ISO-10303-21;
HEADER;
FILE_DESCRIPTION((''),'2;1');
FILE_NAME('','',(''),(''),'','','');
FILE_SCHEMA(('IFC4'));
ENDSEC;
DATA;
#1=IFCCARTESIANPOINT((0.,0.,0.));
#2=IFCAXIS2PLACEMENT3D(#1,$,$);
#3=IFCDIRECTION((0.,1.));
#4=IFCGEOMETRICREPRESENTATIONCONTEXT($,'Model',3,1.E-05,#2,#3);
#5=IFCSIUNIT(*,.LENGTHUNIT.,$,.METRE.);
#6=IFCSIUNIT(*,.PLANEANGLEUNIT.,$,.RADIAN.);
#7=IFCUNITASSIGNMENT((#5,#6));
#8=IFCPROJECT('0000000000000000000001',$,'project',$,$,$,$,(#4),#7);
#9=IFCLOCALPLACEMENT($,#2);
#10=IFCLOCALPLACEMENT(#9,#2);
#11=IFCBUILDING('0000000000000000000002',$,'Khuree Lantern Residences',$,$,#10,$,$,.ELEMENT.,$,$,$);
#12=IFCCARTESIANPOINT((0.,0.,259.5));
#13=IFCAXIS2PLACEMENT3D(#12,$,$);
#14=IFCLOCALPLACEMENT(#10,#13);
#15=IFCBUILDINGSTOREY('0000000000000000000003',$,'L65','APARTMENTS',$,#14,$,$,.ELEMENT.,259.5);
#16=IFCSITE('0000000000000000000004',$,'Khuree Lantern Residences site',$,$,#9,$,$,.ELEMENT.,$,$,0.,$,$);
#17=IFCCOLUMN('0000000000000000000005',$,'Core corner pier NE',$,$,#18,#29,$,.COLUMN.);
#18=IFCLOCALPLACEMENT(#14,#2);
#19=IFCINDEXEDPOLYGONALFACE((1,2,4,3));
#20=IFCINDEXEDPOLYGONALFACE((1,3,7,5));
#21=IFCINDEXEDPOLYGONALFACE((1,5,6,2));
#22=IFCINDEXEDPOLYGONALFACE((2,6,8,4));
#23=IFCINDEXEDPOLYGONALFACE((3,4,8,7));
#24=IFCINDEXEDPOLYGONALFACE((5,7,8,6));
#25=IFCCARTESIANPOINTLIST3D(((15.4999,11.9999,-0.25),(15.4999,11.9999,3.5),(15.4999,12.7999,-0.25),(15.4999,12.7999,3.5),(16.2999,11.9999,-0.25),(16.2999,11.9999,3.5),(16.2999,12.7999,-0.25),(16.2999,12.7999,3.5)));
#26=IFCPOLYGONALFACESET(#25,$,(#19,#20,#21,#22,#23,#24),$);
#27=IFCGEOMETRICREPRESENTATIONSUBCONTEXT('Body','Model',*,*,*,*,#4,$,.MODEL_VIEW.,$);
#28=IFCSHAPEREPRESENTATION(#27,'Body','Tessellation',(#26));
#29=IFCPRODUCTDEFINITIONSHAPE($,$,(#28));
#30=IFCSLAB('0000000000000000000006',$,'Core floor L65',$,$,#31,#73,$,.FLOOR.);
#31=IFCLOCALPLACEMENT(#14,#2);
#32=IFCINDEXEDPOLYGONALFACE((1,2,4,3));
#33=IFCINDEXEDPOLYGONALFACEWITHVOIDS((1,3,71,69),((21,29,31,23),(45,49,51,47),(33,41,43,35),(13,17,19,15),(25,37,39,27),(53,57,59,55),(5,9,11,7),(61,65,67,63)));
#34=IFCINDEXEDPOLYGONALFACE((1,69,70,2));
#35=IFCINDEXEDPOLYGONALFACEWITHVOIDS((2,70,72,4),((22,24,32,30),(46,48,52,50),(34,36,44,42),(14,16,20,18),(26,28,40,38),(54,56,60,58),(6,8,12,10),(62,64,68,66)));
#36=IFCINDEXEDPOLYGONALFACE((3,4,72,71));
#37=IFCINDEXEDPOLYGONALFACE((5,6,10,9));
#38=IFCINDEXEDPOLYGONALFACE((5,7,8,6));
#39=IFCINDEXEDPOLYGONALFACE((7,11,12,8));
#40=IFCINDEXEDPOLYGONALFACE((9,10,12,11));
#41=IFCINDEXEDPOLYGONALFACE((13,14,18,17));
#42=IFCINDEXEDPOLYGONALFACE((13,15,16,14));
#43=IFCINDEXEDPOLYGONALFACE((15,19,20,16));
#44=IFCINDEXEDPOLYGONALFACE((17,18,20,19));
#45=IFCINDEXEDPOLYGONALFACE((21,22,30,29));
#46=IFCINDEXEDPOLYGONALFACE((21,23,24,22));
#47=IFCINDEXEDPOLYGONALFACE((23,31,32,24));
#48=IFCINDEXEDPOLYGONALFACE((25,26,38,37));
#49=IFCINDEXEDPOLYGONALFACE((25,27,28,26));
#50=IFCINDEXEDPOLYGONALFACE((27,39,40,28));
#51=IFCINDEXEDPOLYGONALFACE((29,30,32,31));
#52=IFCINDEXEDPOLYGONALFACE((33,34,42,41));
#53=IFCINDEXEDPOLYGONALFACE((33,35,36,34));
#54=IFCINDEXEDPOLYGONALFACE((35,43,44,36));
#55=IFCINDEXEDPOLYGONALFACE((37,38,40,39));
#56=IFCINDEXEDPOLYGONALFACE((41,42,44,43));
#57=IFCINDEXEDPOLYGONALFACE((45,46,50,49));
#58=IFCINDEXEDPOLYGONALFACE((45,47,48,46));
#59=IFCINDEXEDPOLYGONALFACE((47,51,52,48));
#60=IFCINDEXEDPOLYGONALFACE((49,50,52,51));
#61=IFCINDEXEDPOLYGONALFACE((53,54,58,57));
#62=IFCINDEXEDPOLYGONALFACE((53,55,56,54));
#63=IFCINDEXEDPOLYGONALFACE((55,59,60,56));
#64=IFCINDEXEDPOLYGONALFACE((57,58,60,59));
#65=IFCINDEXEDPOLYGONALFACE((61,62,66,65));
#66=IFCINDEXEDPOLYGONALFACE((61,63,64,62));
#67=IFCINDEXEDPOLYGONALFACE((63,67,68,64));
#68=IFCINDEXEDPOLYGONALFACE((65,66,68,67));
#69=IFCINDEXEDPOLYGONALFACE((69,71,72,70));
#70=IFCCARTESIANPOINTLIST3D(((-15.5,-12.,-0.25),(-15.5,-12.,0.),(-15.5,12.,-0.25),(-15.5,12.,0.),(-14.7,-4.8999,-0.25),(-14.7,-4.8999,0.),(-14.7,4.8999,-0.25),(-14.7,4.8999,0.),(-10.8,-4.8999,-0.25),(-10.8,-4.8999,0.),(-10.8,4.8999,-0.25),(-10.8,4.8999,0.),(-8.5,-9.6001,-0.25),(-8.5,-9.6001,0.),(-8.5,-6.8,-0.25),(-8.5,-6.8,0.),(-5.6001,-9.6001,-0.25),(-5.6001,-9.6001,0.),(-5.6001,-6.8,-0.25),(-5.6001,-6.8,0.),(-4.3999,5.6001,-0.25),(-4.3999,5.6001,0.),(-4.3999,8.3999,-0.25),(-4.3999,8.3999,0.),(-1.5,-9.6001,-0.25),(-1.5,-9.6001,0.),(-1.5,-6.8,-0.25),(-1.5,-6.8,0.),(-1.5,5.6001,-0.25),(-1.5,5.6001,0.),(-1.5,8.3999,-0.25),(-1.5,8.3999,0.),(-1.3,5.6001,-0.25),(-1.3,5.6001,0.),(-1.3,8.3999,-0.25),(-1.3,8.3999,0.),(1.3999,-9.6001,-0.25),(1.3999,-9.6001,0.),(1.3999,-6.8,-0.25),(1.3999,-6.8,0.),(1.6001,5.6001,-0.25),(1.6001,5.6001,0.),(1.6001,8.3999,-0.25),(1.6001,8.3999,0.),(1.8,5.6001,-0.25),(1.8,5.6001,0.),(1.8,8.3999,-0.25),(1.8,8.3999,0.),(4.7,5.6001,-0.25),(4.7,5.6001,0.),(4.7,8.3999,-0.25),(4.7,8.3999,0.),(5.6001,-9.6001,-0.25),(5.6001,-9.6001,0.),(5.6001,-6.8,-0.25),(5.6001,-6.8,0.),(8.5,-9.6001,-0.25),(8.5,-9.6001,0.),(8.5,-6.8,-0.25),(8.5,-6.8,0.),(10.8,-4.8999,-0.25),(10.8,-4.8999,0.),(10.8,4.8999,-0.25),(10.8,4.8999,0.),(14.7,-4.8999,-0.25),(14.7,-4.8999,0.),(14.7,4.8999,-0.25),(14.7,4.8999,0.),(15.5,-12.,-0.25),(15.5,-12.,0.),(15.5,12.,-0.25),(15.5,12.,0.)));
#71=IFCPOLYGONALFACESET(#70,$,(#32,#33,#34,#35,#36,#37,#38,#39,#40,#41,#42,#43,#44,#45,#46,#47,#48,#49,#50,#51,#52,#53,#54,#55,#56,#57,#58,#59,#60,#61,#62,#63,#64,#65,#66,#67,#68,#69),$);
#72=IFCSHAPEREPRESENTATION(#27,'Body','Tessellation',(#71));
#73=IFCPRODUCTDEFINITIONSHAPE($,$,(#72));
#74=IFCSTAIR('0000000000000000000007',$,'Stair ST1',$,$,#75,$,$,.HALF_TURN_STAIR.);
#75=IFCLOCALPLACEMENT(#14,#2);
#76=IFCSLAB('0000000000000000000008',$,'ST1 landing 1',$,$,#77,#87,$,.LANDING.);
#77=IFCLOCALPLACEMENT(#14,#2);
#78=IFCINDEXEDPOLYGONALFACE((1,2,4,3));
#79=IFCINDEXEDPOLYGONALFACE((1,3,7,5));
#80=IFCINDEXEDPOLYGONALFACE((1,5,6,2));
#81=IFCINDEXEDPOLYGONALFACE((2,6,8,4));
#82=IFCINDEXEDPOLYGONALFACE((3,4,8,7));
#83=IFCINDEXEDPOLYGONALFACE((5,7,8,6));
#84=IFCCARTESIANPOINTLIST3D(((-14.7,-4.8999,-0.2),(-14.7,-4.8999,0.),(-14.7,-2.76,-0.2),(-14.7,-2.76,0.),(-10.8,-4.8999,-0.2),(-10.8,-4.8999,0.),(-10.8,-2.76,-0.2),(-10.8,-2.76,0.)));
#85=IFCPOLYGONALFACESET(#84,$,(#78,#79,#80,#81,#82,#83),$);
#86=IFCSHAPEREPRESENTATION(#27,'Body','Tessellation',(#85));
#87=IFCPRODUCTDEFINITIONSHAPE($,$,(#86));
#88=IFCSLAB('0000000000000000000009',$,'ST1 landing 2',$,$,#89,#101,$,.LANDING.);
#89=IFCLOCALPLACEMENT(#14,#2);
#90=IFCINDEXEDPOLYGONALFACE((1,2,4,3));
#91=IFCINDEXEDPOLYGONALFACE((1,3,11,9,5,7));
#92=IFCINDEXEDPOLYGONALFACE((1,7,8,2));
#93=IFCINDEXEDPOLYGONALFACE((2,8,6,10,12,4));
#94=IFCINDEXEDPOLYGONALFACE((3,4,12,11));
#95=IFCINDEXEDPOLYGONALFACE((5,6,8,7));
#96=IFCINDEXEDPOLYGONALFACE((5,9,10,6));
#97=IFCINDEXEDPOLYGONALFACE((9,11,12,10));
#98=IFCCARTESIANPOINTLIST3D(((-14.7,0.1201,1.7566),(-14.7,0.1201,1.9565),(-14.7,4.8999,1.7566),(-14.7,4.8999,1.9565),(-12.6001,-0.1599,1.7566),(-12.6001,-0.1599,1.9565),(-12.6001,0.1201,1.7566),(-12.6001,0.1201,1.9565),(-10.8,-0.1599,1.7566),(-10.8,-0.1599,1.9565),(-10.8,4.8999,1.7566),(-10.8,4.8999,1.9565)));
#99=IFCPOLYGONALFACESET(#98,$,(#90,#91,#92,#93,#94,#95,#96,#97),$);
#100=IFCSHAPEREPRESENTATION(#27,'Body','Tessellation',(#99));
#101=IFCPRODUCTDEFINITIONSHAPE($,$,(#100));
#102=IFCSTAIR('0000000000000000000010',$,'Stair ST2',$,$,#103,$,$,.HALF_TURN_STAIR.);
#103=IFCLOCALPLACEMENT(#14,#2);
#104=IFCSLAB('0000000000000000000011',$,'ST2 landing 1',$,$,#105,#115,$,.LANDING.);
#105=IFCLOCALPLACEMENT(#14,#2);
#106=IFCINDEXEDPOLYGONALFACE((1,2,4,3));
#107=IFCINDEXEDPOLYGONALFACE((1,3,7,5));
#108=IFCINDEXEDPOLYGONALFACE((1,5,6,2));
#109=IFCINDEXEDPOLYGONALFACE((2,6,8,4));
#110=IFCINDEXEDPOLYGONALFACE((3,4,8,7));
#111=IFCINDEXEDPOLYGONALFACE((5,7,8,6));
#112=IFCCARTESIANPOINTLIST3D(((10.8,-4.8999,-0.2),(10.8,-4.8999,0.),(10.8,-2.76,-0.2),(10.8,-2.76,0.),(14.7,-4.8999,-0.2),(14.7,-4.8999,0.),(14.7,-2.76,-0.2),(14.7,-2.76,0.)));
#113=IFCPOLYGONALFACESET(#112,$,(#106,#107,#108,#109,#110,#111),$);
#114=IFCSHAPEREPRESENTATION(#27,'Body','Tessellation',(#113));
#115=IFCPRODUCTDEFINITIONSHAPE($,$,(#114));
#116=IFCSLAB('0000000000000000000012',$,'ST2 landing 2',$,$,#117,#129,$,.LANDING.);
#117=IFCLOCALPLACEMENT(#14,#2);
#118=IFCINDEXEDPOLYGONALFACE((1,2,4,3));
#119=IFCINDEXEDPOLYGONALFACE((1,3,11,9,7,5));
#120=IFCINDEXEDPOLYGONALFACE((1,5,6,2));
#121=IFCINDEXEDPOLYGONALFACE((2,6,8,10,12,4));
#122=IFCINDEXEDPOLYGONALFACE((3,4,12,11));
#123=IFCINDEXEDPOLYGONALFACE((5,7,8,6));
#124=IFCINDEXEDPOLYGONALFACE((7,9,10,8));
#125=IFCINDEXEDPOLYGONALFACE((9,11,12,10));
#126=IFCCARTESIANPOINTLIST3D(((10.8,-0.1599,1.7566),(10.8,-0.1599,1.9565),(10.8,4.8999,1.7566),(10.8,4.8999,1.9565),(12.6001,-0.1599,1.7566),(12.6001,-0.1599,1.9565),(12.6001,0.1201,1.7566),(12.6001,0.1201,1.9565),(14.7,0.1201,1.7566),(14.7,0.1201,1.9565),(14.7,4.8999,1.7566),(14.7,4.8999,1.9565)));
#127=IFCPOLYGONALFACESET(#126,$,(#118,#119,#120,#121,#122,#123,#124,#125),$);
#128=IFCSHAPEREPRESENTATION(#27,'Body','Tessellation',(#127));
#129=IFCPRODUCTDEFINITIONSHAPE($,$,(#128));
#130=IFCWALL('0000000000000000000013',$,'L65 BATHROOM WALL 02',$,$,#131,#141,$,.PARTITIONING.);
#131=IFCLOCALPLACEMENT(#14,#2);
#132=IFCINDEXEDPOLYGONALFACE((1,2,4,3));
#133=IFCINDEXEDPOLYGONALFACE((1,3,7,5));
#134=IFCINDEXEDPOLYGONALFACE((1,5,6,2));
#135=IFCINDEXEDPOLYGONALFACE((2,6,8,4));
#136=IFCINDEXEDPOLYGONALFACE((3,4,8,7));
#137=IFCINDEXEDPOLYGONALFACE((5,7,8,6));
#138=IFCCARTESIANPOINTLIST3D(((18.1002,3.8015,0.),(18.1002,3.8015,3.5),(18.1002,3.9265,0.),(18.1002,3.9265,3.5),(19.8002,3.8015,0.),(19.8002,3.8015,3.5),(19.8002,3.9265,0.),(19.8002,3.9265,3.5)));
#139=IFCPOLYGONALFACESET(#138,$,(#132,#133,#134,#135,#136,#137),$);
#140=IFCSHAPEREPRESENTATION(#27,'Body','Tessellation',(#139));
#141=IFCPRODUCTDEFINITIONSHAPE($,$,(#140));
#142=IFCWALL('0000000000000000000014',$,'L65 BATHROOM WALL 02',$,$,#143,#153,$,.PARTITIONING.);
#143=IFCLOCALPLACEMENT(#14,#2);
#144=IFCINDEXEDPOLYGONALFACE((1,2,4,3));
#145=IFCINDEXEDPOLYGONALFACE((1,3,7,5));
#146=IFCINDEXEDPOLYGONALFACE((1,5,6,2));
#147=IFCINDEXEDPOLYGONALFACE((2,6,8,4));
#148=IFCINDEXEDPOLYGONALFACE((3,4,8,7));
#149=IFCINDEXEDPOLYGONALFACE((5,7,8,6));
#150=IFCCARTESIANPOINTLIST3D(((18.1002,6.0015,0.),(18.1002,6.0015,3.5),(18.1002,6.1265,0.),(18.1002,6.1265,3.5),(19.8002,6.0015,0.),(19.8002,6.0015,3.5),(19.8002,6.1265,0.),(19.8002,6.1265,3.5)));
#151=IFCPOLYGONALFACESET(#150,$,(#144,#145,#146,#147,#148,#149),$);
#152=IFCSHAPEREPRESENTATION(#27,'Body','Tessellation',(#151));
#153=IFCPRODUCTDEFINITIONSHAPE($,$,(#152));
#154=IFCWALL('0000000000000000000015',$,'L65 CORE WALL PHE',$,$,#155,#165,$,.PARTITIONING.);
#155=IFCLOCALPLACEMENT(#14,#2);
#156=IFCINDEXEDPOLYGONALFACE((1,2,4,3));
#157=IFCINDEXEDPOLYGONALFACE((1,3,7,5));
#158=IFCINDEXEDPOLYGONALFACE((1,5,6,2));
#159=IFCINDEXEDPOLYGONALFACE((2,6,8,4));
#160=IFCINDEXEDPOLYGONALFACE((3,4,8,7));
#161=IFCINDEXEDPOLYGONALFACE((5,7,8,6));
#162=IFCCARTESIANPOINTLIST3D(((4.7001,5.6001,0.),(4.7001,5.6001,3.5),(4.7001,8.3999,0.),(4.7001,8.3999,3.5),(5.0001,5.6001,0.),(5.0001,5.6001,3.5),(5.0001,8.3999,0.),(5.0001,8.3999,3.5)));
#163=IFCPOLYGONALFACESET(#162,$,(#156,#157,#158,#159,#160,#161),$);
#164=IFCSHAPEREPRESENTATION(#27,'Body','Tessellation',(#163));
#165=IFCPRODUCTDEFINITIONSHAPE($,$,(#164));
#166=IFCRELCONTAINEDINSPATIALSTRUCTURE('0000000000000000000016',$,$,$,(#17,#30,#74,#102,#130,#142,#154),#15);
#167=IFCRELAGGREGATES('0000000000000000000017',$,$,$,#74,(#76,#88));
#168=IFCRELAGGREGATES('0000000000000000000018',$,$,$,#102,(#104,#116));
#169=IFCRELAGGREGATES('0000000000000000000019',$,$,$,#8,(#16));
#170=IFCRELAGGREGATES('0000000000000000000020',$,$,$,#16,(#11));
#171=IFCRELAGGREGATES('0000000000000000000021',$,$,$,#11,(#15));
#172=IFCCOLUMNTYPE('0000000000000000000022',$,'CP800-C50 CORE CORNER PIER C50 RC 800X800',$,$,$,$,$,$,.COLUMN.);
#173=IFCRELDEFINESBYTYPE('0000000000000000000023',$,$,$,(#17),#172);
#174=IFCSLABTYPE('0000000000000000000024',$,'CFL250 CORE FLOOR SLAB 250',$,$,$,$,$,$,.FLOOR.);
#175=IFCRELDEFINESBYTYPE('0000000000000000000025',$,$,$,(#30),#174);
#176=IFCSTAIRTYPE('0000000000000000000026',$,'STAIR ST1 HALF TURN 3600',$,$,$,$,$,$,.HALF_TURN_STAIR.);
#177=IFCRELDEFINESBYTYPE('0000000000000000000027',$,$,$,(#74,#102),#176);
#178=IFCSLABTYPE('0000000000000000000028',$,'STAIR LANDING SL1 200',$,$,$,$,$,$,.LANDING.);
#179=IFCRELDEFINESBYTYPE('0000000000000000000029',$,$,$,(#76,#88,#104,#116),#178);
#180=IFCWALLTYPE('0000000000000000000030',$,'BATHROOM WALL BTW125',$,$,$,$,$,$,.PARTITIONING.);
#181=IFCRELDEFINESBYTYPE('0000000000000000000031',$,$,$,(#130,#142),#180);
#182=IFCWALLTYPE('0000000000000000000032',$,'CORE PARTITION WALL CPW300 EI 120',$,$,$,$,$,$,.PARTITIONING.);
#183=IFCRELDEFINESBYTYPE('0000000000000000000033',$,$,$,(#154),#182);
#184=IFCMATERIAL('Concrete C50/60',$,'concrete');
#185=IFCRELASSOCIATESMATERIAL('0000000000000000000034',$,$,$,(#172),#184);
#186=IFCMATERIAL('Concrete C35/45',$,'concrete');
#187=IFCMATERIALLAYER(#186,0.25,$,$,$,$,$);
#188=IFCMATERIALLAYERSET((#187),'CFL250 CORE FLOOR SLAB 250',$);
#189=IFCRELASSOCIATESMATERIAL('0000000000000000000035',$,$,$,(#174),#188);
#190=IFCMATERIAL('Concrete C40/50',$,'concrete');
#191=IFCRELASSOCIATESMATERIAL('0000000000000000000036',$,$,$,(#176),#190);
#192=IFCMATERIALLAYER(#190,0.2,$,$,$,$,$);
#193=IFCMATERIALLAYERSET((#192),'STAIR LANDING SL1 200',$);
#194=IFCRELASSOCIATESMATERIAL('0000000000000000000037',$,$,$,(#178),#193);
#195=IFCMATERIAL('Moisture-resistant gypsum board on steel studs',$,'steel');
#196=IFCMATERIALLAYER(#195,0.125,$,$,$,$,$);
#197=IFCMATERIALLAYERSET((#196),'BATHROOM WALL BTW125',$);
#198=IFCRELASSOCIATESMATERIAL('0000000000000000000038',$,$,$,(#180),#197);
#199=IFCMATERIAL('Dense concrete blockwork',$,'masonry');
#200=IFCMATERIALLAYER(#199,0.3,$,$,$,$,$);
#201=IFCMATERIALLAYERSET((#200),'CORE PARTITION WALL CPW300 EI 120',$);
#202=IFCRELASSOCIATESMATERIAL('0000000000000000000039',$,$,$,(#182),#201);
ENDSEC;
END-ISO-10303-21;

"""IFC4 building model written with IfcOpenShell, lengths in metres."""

from ifc_helpers import new_model, si_unit, direction, frame, frame_2d, origin, origin_2d, place, context, subcontext, project, spatial, polyline, rectangle, outline, extrude, material, layer, layer_set, material_profile, profile_set, type_object, element, aggregate, save


model = new_model("IFC4")

# Units and contexts
model_context = context("Model", 3, precision=1e-05, world=origin(), true_north=direction((0.0, 1.0)))
body_context = subcontext(model_context, "Body", "Model", "MODEL_VIEW")
ifc_project = project(units=[si_unit("LENGTHUNIT", "METRE"), si_unit("PLANEANGLEUNIT", "RADIAN")], contexts=[model_context])

# Site, building, storey
site_placement = place(None, origin())
site = spatial("IfcSite", under=ifc_project, at=site_placement, Name="Khuree Lantern Residences site", CompositionType="ELEMENT", RefElevation=0.0)
building_placement = place(site_placement, origin())
building = spatial("IfcBuilding", under=site, at=building_placement, Name="Khuree Lantern Residences", CompositionType="ELEMENT")
storey_placement = place(building_placement, frame((0.0, 0.0, 259.5)))
storey = spatial("IfcBuildingStorey", under=building, at=storey_placement, Name="L65", Description="APARTMENTS", CompositionType="ELEMENT", Elevation=259.5)

# Column
ifc_material_1 = material(Name="Concrete C50/60", Category="concrete")
ifc_material_profile = material_profile(ifc_material_1, rectangle(XDim=0.8, YDim=0.8, at=origin_2d()), Name="RC 800X800")
ifc_profile_set = profile_set([ifc_material_profile], Name="Concrete C50/60")
column_type = type_object("IfcColumnType", Name="CP800-C50 CORE CORNER PIER C50 RC 800X800", PredefinedType="COLUMN", material=ifc_profile_set)
column_placement = place(storey_placement, frame((15.8999, 12.3999, -0.25), z_axis=(0.0, 0.0, 1.0), x_axis=(1.0, 0.0, 0.0)))
element("IfcColumn", 1, at=column_placement, inside=storey, type_object=column_type, Name="Core corner pier NE", PredefinedType="COLUMN", context=body_context, shape_type="SweptSolid", body=[
    extrude(rectangle(XDim=0.8, YDim=0.8, at=origin_2d()), origin(), (0.0, 0.0, 1.0), 3.75),
])

# Slab
ifc_material_2 = material(Name="Concrete C35/45", Category="concrete")
ifc_layer_1 = layer(ifc_material_2, 0.25)
ifc_layer_set_1 = layer_set([ifc_layer_1], Name="CFL250 CORE FLOOR SLAB 250")
slab_type_1 = type_object("IfcSlabType", Name="CFL250 CORE FLOOR SLAB 250", PredefinedType="FLOOR", material=ifc_layer_set_1)
slab_1_placement = place(storey_placement, frame((0.0, 0.0, -0.25)))
element("IfcSlab", 2, at=slab_1_placement, inside=storey, type_object=slab_type_1, Name="Core floor L65", PredefinedType="FLOOR", context=body_context, shape_type="SweptSolid", body=[
    extrude(outline(polyline([(-15.5, -12.0), (-15.5, 12.0), (15.5, 12.0), (15.5, -12.0), (-15.5, -12.0)]), holes=[polyline([(10.8, 4.8999), (10.8, -4.8999), (14.7, -4.8999), (14.7, 4.8999), (10.8, 4.8999)]), polyline([(5.6001, -6.8), (5.6001, -9.6001), (8.5, -9.6001), (8.5, -6.8), (5.6001, -6.8)]), polyline([(1.8, 8.3999), (1.8, 5.6001), (4.7, 5.6001), (4.7, 8.3999), (1.8, 8.3999)]), polyline([(-1.3, 8.3999), (-1.3, 5.6001), (1.6001, 5.6001), (1.6001, 8.3999), (-1.3, 8.3999)]), polyline([(-1.5, -6.8), (-1.5, -9.6001), (1.3999, -9.6001), (1.3999, -6.8), (-1.5, -6.8)]), polyline([(-4.3999, 8.3999), (-4.3999, 5.6001), (-1.5, 5.6001), (-1.5, 8.3999), (-4.3999, 8.3999)]), polyline([(-8.5, -6.8), (-8.5, -9.6001), (-5.6001, -9.6001), (-5.6001, -6.8), (-8.5, -6.8)]), polyline([(-14.7, 4.8999), (-14.7, -4.8999), (-10.8, -4.8999), (-10.8, 4.8999), (-14.7, 4.8999)])]), origin(), (0.0, 0.0, 1.0), 0.25),
])

# Stairs, slabs
ifc_material_3 = material(Name="Concrete C40/50", Category="concrete")
stair_type = type_object("IfcStairType", Name="STAIR ST1 HALF TURN 3600", PredefinedType="HALF_TURN_STAIR", material=ifc_material_3)
stair_1_placement = place(storey_placement, origin())
stair_1 = element("IfcStair", 3, at=stair_1_placement, inside=storey, type_object=stair_type, Name="Stair ST1", PredefinedType="HALF_TURN_STAIR")
ifc_layer_2 = layer(ifc_material_3, 0.2)
ifc_layer_set_2 = layer_set([ifc_layer_2], Name="STAIR LANDING SL1 200")
slab_type_2 = type_object("IfcSlabType", Name="STAIR LANDING SL1 200", PredefinedType="LANDING", material=ifc_layer_set_2)
slab_2_placement = place(storey_placement, frame((0.0, 0.0, -0.2)))
slab_2 = element("IfcSlab", 4, at=slab_2_placement, type_object=slab_type_2, Name="ST1 landing 1", PredefinedType="LANDING", context=body_context, shape_type="SweptSolid", body=[
    extrude(outline(polyline([(-14.7, -4.8999), (-10.8, -4.8999), (-10.8, -2.76), (-14.7, -2.76), (-14.7, -4.8999)])), origin(), (0.0, 0.0, 1.0), 0.2),
])
slab_3_placement = place(storey_placement, frame((0.0, 0.0, 1.7566)))
slab_3 = element("IfcSlab", 5, at=slab_3_placement, type_object=slab_type_2, Name="ST1 landing 2", PredefinedType="LANDING", context=body_context, shape_type="SweptSolid", body=[
    extrude(outline(polyline([(-14.7, 0.1201), (-14.7, 4.8999), (-10.8, 4.8999), (-10.8, -0.1599), (-12.6001, -0.1599), (-12.6001, 0.1201), (-14.7, 0.1201)])), origin(), (0.0, 0.0, 1.0), 0.2),
])
aggregate(stair_1, [slab_2, slab_3])
stair_2_placement = place(storey_placement, origin())
stair_2 = element("IfcStair", 6, at=stair_2_placement, inside=storey, type_object=stair_type, Name="Stair ST2", PredefinedType="HALF_TURN_STAIR")
slab_4_placement = place(storey_placement, frame((0.0, 0.0, -0.2)))
slab_4 = element("IfcSlab", 7, at=slab_4_placement, type_object=slab_type_2, Name="ST2 landing 1", PredefinedType="LANDING", context=body_context, shape_type="SweptSolid", body=[
    extrude(outline(polyline([(10.8, -4.8999), (14.7, -4.8999), (14.7, -2.76), (10.8, -2.76), (10.8, -4.8999)])), origin(), (0.0, 0.0, 1.0), 0.2),
])
slab_5_placement = place(storey_placement, frame((0.0, 0.0, 1.7566)))
slab_5 = element("IfcSlab", 8, at=slab_5_placement, type_object=slab_type_2, Name="ST2 landing 2", PredefinedType="LANDING", context=body_context, shape_type="SweptSolid", body=[
    extrude(outline(polyline([(14.7, 4.8999), (14.7, 0.1201), (12.6001, 0.1201), (12.6001, -0.1599), (10.8, -0.1599), (10.8, 4.8999), (14.7, 4.8999)])), origin(), (0.0, 0.0, 1.0), 0.2),
])
aggregate(stair_2, [slab_4, slab_5])

# Walls
ifc_material_4 = material(Name="Moisture-resistant gypsum board on steel studs", Category="steel")
ifc_layer_3 = layer(ifc_material_4, 0.125)
ifc_layer_set_3 = layer_set([ifc_layer_3], Name="BATHROOM WALL BTW125")
wall_type_1 = type_object("IfcWallType", Name="BATHROOM WALL BTW125", PredefinedType="PARTITIONING", material=ifc_layer_set_3)
for number, where, z_axis, x_axis, name in (
    (9, (18.1001, 3.864, 0.0), (0.0, 0.0, 1.0), (1.0, 0.0, 0.0), "L65 BATHROOM WALL 02"),
    (10, (18.1001, 6.064, 0.0), (0.0, 0.0, 1.0), (1.0, 0.0, 0.0), "L65 BATHROOM WALL 02"),
):
    element("IfcWall", number, at=place(storey_placement, frame(where, z_axis=z_axis, x_axis=x_axis)), inside=storey, type_object=wall_type_1, Name=name, PredefinedType="PARTITIONING", context=body_context, shape_type="SweptSolid", body=[
        extrude(rectangle(XDim=1.7, YDim=0.125, at=frame_2d((0.8501, 0.0))), origin(), (0.0, 0.0, 1.0), 3.5),
    ])
ifc_material_5 = material(Name="Dense concrete blockwork", Category="masonry")
ifc_layer_4 = layer(ifc_material_5, 0.3)
ifc_layer_set_4 = layer_set([ifc_layer_4], Name="CORE PARTITION WALL CPW300 EI 120")
wall_type_2 = type_object("IfcWallType", Name="CORE PARTITION WALL CPW300 EI 120", PredefinedType="PARTITIONING", material=ifc_layer_set_4)
wall_1_placement = place(storey_placement, frame((4.8501, 5.6001, 0.0), z_axis=(0.0, 0.0, 1.0), x_axis=(0.0, 1.0, 0.0)))
element("IfcWall", 11, at=wall_1_placement, inside=storey, type_object=wall_type_2, Name="L65 CORE WALL PHE", PredefinedType="PARTITIONING", context=body_context, shape_type="SweptSolid", body=[
    extrude(rectangle(XDim=2.7998, YDim=0.3, at=frame_2d((1.3999, 0.0))), origin(), (0.0, 0.0, 1.0), 3.5),
])

save(model, "model.ifc")
